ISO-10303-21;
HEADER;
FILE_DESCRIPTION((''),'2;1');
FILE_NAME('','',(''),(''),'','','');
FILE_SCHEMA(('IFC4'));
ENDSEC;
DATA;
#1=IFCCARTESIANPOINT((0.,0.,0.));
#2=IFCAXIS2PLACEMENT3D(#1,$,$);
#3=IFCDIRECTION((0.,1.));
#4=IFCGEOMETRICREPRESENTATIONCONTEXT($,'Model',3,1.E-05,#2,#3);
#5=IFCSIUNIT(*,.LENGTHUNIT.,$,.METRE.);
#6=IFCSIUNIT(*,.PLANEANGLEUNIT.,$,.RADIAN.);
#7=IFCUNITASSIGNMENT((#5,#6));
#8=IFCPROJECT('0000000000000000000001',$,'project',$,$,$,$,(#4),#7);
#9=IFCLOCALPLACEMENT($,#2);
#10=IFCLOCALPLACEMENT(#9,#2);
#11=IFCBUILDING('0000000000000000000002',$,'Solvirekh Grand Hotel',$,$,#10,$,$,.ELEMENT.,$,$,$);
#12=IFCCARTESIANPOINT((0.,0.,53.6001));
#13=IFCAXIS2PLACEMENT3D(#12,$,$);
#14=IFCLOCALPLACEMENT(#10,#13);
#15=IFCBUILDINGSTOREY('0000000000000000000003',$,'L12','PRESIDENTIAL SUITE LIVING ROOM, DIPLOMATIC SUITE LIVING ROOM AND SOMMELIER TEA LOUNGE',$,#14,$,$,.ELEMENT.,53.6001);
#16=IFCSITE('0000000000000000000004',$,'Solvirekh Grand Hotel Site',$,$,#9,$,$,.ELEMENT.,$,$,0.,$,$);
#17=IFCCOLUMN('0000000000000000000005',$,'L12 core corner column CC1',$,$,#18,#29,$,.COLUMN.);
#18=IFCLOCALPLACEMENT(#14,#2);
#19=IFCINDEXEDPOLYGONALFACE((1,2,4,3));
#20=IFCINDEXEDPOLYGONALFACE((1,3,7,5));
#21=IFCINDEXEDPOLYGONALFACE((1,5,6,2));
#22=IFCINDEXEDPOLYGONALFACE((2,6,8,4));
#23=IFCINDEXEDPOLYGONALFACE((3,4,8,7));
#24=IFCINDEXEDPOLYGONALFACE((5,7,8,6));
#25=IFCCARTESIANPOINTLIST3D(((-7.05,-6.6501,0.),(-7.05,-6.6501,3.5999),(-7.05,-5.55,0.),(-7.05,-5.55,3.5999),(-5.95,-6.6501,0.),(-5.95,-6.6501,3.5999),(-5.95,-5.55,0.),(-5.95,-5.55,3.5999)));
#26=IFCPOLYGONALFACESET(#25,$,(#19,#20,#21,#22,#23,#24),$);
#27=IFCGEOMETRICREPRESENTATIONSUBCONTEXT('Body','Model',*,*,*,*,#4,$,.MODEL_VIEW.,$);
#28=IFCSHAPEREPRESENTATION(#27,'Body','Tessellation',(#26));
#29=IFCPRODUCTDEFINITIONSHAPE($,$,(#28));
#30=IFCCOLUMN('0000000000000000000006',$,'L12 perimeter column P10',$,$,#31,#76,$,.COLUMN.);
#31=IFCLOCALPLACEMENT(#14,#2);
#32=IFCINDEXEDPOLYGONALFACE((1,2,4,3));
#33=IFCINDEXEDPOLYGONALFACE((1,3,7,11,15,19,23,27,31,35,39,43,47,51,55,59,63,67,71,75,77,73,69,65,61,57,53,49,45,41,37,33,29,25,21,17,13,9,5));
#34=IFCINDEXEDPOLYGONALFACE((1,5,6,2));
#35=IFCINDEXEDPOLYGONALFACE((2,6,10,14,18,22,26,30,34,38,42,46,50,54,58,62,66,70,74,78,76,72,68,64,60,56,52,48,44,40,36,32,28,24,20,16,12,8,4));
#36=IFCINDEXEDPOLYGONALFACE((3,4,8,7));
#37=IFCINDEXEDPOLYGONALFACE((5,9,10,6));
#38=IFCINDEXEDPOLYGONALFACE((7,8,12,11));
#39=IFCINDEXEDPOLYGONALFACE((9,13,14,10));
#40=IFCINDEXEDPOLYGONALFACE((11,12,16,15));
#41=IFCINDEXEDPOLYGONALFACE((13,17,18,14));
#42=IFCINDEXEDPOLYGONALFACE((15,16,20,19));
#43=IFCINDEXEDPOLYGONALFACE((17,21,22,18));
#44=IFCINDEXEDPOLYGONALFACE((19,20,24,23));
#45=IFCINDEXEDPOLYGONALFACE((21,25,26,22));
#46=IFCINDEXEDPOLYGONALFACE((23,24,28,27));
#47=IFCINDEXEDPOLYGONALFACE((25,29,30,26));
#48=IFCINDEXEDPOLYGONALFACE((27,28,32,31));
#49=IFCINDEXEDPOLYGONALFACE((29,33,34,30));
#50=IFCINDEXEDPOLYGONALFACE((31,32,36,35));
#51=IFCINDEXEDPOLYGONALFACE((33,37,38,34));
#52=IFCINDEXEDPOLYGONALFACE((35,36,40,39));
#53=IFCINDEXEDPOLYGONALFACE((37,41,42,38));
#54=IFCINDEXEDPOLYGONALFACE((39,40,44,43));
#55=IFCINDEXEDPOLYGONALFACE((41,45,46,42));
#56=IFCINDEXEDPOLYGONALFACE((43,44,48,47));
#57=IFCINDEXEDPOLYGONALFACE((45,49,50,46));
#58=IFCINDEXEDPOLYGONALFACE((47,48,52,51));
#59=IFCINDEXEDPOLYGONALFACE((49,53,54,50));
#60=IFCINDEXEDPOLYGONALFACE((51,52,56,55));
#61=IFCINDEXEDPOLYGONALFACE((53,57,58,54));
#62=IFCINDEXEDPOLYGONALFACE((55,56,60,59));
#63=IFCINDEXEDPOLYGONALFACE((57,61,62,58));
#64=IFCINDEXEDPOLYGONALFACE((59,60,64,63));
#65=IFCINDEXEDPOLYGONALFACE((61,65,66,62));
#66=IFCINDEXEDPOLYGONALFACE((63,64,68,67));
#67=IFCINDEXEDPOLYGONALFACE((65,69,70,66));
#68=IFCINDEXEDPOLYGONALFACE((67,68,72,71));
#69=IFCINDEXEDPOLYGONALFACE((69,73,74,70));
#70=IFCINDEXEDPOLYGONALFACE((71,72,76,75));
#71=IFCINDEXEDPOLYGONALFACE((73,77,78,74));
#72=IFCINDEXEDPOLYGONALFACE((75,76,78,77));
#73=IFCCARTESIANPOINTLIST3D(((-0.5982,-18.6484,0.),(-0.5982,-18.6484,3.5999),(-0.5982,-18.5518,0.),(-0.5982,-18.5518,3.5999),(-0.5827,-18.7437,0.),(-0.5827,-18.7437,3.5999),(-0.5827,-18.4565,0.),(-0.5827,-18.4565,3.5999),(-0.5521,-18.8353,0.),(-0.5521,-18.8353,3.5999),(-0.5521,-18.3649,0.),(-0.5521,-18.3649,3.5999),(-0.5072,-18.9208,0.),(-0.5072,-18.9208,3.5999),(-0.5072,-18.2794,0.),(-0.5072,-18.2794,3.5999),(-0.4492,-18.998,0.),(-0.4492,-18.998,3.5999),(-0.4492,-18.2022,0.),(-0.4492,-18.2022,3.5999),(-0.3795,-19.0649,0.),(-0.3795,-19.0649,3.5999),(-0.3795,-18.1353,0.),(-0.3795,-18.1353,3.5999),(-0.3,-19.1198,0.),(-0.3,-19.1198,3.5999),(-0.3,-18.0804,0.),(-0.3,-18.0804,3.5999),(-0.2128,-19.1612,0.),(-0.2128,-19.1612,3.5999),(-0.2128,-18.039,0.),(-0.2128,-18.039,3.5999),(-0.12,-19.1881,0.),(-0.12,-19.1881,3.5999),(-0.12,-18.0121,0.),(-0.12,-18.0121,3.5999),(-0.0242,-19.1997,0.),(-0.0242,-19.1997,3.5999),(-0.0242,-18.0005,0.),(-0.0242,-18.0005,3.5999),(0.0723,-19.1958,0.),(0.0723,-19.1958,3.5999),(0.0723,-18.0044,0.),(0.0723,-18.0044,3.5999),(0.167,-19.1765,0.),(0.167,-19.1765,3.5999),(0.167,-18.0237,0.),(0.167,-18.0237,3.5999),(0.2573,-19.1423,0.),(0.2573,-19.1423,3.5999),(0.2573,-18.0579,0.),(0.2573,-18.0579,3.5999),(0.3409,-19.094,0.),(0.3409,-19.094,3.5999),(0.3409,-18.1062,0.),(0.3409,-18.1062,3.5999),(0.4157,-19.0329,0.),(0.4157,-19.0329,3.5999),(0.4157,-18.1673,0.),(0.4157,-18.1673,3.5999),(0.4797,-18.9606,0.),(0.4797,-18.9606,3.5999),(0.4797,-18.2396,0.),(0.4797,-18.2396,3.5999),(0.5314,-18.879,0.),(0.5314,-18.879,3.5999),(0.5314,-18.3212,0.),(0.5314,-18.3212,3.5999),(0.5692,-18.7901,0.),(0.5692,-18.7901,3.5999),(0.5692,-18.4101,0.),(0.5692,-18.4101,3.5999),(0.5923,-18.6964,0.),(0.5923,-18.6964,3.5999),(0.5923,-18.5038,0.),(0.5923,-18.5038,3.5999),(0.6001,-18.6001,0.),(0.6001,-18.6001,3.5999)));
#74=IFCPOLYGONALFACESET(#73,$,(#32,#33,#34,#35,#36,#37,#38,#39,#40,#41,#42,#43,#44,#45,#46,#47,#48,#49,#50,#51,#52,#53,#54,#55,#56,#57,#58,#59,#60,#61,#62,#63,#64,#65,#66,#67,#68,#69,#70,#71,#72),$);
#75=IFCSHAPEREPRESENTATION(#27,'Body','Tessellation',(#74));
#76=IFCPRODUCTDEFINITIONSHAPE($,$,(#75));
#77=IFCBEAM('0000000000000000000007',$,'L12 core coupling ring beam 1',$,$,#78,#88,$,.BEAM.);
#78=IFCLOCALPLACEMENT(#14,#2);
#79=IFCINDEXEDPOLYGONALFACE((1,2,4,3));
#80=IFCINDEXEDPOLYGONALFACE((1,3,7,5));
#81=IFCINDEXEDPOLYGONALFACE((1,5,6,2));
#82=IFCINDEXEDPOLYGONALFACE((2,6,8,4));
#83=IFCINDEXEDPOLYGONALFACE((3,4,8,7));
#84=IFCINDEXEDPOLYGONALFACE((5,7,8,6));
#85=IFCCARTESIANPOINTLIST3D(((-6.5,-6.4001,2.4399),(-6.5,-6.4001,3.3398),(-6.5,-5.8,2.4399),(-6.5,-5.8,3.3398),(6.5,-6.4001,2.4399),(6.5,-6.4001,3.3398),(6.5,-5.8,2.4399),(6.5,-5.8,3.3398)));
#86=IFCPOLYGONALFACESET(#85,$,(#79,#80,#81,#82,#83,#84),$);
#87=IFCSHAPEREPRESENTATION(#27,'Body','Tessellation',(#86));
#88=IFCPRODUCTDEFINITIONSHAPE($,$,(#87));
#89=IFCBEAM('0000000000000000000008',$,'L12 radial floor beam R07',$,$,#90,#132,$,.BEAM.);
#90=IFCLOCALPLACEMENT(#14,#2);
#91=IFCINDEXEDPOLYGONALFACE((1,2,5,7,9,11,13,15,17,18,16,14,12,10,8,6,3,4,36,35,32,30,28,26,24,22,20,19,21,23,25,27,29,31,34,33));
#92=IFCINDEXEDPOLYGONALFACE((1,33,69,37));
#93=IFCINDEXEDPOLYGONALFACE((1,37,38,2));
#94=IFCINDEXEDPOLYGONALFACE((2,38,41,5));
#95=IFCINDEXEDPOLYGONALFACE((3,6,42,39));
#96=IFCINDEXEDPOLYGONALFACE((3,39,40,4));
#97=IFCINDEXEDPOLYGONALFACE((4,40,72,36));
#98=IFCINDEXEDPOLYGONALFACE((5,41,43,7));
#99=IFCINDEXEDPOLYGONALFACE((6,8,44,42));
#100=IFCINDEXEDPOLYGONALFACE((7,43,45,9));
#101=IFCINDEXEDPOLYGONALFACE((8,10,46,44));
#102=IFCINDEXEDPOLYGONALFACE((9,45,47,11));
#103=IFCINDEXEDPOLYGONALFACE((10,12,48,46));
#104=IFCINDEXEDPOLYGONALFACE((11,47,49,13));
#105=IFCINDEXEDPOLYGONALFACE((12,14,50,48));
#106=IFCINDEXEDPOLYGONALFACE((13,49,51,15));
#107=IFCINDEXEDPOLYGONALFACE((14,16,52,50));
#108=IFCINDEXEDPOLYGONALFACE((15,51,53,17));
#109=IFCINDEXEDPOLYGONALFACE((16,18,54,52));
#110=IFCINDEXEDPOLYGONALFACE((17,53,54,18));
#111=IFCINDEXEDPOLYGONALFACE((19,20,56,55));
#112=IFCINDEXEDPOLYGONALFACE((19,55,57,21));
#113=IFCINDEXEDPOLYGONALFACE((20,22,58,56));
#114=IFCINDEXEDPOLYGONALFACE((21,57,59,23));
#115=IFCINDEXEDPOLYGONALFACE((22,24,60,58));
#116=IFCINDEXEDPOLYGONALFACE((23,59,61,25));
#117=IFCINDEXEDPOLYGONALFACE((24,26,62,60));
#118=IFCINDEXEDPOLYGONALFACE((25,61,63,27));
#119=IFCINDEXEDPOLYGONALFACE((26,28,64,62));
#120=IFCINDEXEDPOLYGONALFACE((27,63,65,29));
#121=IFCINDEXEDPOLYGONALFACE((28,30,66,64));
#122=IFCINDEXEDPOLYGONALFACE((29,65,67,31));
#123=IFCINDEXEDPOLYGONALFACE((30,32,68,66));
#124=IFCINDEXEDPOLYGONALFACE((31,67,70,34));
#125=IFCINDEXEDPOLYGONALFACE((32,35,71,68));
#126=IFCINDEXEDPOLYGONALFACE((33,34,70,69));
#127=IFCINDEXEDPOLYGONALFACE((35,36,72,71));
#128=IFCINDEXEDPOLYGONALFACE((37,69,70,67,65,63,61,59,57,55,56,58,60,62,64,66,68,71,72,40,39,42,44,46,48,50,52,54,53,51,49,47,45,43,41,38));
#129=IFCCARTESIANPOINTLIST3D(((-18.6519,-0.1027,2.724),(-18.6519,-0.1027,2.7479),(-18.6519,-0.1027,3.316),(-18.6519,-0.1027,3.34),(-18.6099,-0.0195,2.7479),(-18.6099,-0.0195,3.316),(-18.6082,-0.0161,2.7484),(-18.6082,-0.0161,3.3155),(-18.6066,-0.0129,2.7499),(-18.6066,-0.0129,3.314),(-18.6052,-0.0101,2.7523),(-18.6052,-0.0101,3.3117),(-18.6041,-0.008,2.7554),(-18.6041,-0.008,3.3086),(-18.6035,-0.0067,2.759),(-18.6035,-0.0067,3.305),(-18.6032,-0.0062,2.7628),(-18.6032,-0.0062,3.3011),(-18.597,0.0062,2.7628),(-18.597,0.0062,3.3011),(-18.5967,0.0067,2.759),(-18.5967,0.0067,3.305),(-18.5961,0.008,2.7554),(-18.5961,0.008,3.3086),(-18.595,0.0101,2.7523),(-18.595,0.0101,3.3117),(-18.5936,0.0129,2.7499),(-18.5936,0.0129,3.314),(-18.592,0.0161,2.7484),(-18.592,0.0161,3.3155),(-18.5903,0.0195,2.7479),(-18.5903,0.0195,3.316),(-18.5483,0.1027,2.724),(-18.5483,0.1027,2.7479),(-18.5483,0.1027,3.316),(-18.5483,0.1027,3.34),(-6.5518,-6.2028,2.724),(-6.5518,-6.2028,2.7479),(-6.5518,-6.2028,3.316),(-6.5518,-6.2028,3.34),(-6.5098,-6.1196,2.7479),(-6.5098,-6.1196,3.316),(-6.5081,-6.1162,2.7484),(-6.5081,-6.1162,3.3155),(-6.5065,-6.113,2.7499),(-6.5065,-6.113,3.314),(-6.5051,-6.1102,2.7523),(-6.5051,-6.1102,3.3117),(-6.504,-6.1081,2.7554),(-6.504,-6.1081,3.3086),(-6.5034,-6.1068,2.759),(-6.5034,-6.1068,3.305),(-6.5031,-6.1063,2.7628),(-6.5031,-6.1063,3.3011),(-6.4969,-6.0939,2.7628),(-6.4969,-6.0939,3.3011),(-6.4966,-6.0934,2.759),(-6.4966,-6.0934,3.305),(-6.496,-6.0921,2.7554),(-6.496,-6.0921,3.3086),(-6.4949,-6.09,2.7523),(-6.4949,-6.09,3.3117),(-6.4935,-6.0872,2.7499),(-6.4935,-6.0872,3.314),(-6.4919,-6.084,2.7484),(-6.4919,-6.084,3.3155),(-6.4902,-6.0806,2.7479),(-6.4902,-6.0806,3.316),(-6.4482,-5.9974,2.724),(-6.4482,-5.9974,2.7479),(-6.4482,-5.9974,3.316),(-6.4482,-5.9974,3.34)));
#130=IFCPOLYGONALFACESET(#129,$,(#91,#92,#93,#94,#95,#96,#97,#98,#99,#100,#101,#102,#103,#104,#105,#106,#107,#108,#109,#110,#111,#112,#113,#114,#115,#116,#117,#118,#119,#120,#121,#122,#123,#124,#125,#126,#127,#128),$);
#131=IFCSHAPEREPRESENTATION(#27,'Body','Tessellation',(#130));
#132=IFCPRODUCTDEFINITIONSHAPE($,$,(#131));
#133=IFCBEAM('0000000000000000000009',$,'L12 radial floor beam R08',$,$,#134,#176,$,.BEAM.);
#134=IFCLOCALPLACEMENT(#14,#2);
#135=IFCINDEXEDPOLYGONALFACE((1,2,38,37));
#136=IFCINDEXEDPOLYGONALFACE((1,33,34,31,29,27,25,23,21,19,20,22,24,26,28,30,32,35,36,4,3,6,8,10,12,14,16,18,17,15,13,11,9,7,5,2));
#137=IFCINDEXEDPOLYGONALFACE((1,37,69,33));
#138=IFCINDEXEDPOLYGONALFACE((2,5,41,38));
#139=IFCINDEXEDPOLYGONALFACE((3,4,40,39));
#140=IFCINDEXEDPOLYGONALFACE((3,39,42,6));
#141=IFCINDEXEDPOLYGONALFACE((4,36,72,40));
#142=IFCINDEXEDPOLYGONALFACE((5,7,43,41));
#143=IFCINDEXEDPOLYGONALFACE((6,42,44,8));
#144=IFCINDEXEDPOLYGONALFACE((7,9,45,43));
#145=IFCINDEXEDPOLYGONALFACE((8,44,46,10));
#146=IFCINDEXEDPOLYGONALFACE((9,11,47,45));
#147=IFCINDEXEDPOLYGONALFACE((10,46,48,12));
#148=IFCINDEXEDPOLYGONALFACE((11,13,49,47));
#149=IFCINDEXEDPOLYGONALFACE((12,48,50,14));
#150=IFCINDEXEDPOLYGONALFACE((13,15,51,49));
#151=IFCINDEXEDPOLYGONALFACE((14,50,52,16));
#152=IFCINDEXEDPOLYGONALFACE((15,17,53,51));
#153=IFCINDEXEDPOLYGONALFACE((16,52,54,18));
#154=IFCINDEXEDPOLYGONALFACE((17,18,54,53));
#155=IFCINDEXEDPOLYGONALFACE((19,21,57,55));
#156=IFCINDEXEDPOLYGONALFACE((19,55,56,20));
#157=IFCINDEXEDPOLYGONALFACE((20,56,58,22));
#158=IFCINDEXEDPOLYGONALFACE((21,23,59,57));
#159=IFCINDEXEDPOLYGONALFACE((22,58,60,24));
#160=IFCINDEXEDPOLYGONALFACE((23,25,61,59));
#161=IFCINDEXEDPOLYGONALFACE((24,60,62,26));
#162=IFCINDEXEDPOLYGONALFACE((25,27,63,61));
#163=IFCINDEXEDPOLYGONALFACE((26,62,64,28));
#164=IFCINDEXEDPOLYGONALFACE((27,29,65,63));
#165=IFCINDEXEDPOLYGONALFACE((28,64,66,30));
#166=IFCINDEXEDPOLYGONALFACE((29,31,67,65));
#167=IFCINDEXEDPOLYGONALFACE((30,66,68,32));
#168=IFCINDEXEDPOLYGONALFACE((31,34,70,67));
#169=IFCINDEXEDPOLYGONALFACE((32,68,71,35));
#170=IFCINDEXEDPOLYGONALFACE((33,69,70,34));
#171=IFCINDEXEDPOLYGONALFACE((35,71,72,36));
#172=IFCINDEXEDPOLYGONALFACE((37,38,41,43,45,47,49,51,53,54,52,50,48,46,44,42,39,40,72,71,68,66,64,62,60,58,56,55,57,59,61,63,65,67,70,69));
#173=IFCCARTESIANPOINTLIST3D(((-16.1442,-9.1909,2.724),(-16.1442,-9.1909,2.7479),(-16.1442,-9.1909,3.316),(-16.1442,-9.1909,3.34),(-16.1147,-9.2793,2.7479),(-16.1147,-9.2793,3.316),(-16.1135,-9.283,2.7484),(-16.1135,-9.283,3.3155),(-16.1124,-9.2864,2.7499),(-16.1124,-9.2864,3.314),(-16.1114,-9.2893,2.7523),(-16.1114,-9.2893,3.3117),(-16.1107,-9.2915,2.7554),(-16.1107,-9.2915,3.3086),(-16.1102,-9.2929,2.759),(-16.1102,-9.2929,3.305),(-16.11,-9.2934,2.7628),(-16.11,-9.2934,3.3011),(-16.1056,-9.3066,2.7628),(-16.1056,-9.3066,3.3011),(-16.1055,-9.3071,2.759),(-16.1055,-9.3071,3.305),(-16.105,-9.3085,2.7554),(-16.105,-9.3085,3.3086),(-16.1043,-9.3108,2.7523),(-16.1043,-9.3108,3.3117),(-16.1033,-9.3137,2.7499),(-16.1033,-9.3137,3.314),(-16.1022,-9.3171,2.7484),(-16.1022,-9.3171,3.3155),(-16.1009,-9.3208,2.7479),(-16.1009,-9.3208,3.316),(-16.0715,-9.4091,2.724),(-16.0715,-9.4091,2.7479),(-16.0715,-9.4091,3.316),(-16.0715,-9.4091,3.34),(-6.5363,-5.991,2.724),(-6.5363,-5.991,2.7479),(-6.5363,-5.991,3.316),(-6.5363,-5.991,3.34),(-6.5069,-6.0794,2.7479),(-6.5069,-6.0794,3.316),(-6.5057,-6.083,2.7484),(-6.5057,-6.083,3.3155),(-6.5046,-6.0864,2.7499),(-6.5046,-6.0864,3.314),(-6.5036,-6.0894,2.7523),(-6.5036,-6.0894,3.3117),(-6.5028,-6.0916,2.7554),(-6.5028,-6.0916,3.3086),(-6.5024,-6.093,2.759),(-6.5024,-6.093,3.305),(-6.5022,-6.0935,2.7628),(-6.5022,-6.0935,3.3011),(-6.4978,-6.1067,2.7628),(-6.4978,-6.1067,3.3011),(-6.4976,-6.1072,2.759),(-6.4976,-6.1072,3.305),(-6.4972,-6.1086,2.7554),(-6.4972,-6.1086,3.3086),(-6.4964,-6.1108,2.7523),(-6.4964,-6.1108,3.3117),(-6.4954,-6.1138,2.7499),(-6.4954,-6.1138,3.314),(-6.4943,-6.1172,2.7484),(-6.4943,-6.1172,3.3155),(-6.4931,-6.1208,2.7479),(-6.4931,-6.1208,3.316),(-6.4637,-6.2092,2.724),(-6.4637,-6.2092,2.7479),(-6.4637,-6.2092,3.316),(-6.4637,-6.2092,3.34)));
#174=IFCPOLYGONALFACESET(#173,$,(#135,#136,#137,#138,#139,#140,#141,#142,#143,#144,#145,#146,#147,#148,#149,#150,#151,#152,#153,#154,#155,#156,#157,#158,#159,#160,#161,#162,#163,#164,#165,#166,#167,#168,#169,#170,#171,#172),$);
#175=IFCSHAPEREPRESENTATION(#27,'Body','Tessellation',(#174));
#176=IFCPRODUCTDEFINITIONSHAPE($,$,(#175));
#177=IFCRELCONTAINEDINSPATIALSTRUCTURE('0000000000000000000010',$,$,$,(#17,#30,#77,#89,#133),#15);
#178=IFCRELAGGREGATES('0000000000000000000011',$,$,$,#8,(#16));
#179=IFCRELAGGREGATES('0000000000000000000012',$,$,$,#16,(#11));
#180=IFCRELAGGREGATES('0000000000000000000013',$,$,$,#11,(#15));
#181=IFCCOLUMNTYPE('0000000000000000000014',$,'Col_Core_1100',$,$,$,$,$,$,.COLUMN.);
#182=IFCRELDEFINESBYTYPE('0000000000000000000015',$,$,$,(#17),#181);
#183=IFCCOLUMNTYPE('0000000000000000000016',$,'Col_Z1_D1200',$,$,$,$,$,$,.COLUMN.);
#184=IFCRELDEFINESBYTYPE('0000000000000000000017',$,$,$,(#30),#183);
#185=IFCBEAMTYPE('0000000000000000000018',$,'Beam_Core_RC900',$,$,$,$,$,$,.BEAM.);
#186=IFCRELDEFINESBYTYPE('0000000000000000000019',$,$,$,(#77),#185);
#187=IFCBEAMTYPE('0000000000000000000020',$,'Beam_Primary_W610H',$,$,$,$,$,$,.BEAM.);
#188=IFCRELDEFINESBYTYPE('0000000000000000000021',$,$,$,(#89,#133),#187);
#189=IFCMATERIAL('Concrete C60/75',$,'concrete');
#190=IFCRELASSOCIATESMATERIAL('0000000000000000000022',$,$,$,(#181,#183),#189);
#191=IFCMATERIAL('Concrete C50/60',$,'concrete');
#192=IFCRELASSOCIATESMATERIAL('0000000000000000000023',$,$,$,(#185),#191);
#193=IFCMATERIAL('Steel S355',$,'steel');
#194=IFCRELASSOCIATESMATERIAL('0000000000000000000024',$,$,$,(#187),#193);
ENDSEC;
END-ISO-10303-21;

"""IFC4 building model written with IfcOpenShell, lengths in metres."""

from ifc_helpers import new_model, si_unit, direction, frame, origin, origin_2d, place, context, subcontext, project, spatial, rectangle, circle, i_section, extrude, material, material_profile, profile_set, type_object, element, save


model = new_model("IFC4")

# Units and contexts
model_context = context("Model", 3, precision=1e-05, world=origin(), true_north=direction((0.0, 1.0)))
body_context = subcontext(model_context, "Body", "Model", "MODEL_VIEW")
ifc_project = project(units=[si_unit("LENGTHUNIT", "METRE"), si_unit("PLANEANGLEUNIT", "RADIAN")], contexts=[model_context])

# Site, building, storey
site_placement = place(None, origin())
site = spatial("IfcSite", under=ifc_project, at=site_placement, Name="Solvirekh Grand Hotel Site", CompositionType="ELEMENT", RefElevation=0.0)
building_placement = place(site_placement, origin())
building = spatial("IfcBuilding", under=site, at=building_placement, Name="Solvirekh Grand Hotel", CompositionType="ELEMENT")
storey_placement = place(building_placement, frame((0.0, 0.0, 53.6001)))
storey = spatial("IfcBuildingStorey", under=building, at=storey_placement, Name="L12", Description="PRESIDENTIAL SUITE LIVING ROOM, DIPLOMATIC SUITE LIVING ROOM AND SOMMELIER TEA LOUNGE", CompositionType="ELEMENT", Elevation=53.6001)

# Columns
ifc_material_1 = material(Name="Concrete C60/75", Category="concrete")
ifc_material_profile_1 = material_profile(ifc_material_1, rectangle(XDim=1.1001, YDim=1.1001, at=origin_2d()), Name="RC 1100X1100")
ifc_profile_set_1 = profile_set([ifc_material_profile_1], Name="Concrete C60/75")
column_type_1 = type_object("IfcColumnType", Name="Col_Core_1100", PredefinedType="COLUMN", material=ifc_profile_set_1)
column_1_placement = place(storey_placement, frame((-6.5, -6.1001, 0.0), z_axis=(0.0, 0.0, 1.0), x_axis=(1.0, 0.0, 0.0)))
element("IfcColumn", 1, at=column_1_placement, inside=storey, type_object=column_type_1, Name="L12 core corner column CC1", PredefinedType="COLUMN", context=body_context, shape_type="SweptSolid", body=[
    extrude(rectangle(XDim=1.1001, YDim=1.1001, at=origin_2d()), origin(), (0.0, 0.0, 1.0), 3.5999),
])
ifc_material_profile_2 = material_profile(ifc_material_1, circle(Radius=0.6001, at=origin_2d()), Name="RC CIRC D1200")
ifc_profile_set_2 = profile_set([ifc_material_profile_2], Name="Concrete C60/75")
column_type_2 = type_object("IfcColumnType", Name="Col_Z1_D1200", PredefinedType="COLUMN", material=ifc_profile_set_2)
column_2_placement = place(storey_placement, frame((0.0, -18.6001, 0.0), z_axis=(0.0, 0.0, 1.0), x_axis=(1.0, 0.0, 0.0)))
element("IfcColumn", 2, at=column_2_placement, inside=storey, type_object=column_type_2, Name="L12 perimeter column P10", PredefinedType="COLUMN", context=body_context, shape_type="SweptSolid", body=[
    extrude(circle(Radius=0.6001, at=origin_2d()), origin(), (0.0, 0.0, 1.0), 3.5999),
])

# Beams
ifc_material_2 = material(Name="Concrete C50/60", Category="concrete")
ifc_material_profile_3 = material_profile(ifc_material_2, rectangle(XDim=0.6001, YDim=0.8999, at=origin_2d()), Name="RC BEAM 600X900")
ifc_profile_set_3 = profile_set([ifc_material_profile_3], Name="Concrete C50/60")
beam_type_1 = type_object("IfcBeamType", Name="Beam_Core_RC900", PredefinedType="BEAM", material=ifc_profile_set_3)
beam_1_placement = place(storey_placement, frame((-6.5, -6.1001, 2.8899), z_axis=(1.0, 0.0, 0.0), x_axis=(0.0, 1.0, 0.0)))
element("IfcBeam", 3, at=beam_1_placement, inside=storey, type_object=beam_type_1, Name="L12 core coupling ring beam 1", PredefinedType="BEAM", context=body_context, shape_type="SweptSolid", body=[
    extrude(rectangle(XDim=0.6001, YDim=0.8999, at=origin_2d()), origin(), (0.0, 0.0, 1.0), 13.0),
])
ifc_material_3 = material(Name="Steel S355", Category="steel")
ifc_material_profile_4 = material_profile(ifc_material_3, i_section(OverallWidth=0.23, OverallDepth=0.616, WebThickness=0.0139, FlangeThickness=0.0239, FilletRadius=0.0149, at=origin_2d()), Name="W610X174")
ifc_profile_set_4 = profile_set([ifc_material_profile_4], Name="Steel S355")
beam_type_2 = type_object("IfcBeamType", Name="Beam_Primary_W610H", PredefinedType="BEAM", material=ifc_profile_set_4)
beam_2_placement = place(storey_placement, frame((-6.5, -6.1001, 3.032), z_axis=(-0.892945, 0.450166, 0.0), x_axis=(-0.450166, -0.892945, 0.0)))
element("IfcBeam", 4, at=beam_2_placement, inside=storey, type_object=beam_type_2, Name="L12 radial floor beam R07", PredefinedType="BEAM", context=body_context, shape_type="SweptSolid", body=[
    extrude(i_section(OverallWidth=0.23, OverallDepth=0.616, WebThickness=0.0139, FlangeThickness=0.0239, FilletRadius=0.0149, at=origin_2d()), origin(), (0.0, 0.0, 1.0), 13.5508),
])
beam_3_placement = place(storey_placement, frame((-6.5, -6.1001, 3.032), z_axis=(-0.948763, -0.315989, 0.0), x_axis=(0.315989, -0.948763, 0.0)))
element("IfcBeam", 5, at=beam_3_placement, inside=storey, type_object=beam_type_2, Name="L12 radial floor beam R08", PredefinedType="BEAM", context=body_context, shape_type="SweptSolid", body=[
    extrude(i_section(OverallWidth=0.23, OverallDepth=0.616, WebThickness=0.0139, FlangeThickness=0.0239, FilletRadius=0.0149, at=origin_2d()), origin(), (0.0, 0.0, 1.0), 10.1267),
])

save(model, "model.ifc")
